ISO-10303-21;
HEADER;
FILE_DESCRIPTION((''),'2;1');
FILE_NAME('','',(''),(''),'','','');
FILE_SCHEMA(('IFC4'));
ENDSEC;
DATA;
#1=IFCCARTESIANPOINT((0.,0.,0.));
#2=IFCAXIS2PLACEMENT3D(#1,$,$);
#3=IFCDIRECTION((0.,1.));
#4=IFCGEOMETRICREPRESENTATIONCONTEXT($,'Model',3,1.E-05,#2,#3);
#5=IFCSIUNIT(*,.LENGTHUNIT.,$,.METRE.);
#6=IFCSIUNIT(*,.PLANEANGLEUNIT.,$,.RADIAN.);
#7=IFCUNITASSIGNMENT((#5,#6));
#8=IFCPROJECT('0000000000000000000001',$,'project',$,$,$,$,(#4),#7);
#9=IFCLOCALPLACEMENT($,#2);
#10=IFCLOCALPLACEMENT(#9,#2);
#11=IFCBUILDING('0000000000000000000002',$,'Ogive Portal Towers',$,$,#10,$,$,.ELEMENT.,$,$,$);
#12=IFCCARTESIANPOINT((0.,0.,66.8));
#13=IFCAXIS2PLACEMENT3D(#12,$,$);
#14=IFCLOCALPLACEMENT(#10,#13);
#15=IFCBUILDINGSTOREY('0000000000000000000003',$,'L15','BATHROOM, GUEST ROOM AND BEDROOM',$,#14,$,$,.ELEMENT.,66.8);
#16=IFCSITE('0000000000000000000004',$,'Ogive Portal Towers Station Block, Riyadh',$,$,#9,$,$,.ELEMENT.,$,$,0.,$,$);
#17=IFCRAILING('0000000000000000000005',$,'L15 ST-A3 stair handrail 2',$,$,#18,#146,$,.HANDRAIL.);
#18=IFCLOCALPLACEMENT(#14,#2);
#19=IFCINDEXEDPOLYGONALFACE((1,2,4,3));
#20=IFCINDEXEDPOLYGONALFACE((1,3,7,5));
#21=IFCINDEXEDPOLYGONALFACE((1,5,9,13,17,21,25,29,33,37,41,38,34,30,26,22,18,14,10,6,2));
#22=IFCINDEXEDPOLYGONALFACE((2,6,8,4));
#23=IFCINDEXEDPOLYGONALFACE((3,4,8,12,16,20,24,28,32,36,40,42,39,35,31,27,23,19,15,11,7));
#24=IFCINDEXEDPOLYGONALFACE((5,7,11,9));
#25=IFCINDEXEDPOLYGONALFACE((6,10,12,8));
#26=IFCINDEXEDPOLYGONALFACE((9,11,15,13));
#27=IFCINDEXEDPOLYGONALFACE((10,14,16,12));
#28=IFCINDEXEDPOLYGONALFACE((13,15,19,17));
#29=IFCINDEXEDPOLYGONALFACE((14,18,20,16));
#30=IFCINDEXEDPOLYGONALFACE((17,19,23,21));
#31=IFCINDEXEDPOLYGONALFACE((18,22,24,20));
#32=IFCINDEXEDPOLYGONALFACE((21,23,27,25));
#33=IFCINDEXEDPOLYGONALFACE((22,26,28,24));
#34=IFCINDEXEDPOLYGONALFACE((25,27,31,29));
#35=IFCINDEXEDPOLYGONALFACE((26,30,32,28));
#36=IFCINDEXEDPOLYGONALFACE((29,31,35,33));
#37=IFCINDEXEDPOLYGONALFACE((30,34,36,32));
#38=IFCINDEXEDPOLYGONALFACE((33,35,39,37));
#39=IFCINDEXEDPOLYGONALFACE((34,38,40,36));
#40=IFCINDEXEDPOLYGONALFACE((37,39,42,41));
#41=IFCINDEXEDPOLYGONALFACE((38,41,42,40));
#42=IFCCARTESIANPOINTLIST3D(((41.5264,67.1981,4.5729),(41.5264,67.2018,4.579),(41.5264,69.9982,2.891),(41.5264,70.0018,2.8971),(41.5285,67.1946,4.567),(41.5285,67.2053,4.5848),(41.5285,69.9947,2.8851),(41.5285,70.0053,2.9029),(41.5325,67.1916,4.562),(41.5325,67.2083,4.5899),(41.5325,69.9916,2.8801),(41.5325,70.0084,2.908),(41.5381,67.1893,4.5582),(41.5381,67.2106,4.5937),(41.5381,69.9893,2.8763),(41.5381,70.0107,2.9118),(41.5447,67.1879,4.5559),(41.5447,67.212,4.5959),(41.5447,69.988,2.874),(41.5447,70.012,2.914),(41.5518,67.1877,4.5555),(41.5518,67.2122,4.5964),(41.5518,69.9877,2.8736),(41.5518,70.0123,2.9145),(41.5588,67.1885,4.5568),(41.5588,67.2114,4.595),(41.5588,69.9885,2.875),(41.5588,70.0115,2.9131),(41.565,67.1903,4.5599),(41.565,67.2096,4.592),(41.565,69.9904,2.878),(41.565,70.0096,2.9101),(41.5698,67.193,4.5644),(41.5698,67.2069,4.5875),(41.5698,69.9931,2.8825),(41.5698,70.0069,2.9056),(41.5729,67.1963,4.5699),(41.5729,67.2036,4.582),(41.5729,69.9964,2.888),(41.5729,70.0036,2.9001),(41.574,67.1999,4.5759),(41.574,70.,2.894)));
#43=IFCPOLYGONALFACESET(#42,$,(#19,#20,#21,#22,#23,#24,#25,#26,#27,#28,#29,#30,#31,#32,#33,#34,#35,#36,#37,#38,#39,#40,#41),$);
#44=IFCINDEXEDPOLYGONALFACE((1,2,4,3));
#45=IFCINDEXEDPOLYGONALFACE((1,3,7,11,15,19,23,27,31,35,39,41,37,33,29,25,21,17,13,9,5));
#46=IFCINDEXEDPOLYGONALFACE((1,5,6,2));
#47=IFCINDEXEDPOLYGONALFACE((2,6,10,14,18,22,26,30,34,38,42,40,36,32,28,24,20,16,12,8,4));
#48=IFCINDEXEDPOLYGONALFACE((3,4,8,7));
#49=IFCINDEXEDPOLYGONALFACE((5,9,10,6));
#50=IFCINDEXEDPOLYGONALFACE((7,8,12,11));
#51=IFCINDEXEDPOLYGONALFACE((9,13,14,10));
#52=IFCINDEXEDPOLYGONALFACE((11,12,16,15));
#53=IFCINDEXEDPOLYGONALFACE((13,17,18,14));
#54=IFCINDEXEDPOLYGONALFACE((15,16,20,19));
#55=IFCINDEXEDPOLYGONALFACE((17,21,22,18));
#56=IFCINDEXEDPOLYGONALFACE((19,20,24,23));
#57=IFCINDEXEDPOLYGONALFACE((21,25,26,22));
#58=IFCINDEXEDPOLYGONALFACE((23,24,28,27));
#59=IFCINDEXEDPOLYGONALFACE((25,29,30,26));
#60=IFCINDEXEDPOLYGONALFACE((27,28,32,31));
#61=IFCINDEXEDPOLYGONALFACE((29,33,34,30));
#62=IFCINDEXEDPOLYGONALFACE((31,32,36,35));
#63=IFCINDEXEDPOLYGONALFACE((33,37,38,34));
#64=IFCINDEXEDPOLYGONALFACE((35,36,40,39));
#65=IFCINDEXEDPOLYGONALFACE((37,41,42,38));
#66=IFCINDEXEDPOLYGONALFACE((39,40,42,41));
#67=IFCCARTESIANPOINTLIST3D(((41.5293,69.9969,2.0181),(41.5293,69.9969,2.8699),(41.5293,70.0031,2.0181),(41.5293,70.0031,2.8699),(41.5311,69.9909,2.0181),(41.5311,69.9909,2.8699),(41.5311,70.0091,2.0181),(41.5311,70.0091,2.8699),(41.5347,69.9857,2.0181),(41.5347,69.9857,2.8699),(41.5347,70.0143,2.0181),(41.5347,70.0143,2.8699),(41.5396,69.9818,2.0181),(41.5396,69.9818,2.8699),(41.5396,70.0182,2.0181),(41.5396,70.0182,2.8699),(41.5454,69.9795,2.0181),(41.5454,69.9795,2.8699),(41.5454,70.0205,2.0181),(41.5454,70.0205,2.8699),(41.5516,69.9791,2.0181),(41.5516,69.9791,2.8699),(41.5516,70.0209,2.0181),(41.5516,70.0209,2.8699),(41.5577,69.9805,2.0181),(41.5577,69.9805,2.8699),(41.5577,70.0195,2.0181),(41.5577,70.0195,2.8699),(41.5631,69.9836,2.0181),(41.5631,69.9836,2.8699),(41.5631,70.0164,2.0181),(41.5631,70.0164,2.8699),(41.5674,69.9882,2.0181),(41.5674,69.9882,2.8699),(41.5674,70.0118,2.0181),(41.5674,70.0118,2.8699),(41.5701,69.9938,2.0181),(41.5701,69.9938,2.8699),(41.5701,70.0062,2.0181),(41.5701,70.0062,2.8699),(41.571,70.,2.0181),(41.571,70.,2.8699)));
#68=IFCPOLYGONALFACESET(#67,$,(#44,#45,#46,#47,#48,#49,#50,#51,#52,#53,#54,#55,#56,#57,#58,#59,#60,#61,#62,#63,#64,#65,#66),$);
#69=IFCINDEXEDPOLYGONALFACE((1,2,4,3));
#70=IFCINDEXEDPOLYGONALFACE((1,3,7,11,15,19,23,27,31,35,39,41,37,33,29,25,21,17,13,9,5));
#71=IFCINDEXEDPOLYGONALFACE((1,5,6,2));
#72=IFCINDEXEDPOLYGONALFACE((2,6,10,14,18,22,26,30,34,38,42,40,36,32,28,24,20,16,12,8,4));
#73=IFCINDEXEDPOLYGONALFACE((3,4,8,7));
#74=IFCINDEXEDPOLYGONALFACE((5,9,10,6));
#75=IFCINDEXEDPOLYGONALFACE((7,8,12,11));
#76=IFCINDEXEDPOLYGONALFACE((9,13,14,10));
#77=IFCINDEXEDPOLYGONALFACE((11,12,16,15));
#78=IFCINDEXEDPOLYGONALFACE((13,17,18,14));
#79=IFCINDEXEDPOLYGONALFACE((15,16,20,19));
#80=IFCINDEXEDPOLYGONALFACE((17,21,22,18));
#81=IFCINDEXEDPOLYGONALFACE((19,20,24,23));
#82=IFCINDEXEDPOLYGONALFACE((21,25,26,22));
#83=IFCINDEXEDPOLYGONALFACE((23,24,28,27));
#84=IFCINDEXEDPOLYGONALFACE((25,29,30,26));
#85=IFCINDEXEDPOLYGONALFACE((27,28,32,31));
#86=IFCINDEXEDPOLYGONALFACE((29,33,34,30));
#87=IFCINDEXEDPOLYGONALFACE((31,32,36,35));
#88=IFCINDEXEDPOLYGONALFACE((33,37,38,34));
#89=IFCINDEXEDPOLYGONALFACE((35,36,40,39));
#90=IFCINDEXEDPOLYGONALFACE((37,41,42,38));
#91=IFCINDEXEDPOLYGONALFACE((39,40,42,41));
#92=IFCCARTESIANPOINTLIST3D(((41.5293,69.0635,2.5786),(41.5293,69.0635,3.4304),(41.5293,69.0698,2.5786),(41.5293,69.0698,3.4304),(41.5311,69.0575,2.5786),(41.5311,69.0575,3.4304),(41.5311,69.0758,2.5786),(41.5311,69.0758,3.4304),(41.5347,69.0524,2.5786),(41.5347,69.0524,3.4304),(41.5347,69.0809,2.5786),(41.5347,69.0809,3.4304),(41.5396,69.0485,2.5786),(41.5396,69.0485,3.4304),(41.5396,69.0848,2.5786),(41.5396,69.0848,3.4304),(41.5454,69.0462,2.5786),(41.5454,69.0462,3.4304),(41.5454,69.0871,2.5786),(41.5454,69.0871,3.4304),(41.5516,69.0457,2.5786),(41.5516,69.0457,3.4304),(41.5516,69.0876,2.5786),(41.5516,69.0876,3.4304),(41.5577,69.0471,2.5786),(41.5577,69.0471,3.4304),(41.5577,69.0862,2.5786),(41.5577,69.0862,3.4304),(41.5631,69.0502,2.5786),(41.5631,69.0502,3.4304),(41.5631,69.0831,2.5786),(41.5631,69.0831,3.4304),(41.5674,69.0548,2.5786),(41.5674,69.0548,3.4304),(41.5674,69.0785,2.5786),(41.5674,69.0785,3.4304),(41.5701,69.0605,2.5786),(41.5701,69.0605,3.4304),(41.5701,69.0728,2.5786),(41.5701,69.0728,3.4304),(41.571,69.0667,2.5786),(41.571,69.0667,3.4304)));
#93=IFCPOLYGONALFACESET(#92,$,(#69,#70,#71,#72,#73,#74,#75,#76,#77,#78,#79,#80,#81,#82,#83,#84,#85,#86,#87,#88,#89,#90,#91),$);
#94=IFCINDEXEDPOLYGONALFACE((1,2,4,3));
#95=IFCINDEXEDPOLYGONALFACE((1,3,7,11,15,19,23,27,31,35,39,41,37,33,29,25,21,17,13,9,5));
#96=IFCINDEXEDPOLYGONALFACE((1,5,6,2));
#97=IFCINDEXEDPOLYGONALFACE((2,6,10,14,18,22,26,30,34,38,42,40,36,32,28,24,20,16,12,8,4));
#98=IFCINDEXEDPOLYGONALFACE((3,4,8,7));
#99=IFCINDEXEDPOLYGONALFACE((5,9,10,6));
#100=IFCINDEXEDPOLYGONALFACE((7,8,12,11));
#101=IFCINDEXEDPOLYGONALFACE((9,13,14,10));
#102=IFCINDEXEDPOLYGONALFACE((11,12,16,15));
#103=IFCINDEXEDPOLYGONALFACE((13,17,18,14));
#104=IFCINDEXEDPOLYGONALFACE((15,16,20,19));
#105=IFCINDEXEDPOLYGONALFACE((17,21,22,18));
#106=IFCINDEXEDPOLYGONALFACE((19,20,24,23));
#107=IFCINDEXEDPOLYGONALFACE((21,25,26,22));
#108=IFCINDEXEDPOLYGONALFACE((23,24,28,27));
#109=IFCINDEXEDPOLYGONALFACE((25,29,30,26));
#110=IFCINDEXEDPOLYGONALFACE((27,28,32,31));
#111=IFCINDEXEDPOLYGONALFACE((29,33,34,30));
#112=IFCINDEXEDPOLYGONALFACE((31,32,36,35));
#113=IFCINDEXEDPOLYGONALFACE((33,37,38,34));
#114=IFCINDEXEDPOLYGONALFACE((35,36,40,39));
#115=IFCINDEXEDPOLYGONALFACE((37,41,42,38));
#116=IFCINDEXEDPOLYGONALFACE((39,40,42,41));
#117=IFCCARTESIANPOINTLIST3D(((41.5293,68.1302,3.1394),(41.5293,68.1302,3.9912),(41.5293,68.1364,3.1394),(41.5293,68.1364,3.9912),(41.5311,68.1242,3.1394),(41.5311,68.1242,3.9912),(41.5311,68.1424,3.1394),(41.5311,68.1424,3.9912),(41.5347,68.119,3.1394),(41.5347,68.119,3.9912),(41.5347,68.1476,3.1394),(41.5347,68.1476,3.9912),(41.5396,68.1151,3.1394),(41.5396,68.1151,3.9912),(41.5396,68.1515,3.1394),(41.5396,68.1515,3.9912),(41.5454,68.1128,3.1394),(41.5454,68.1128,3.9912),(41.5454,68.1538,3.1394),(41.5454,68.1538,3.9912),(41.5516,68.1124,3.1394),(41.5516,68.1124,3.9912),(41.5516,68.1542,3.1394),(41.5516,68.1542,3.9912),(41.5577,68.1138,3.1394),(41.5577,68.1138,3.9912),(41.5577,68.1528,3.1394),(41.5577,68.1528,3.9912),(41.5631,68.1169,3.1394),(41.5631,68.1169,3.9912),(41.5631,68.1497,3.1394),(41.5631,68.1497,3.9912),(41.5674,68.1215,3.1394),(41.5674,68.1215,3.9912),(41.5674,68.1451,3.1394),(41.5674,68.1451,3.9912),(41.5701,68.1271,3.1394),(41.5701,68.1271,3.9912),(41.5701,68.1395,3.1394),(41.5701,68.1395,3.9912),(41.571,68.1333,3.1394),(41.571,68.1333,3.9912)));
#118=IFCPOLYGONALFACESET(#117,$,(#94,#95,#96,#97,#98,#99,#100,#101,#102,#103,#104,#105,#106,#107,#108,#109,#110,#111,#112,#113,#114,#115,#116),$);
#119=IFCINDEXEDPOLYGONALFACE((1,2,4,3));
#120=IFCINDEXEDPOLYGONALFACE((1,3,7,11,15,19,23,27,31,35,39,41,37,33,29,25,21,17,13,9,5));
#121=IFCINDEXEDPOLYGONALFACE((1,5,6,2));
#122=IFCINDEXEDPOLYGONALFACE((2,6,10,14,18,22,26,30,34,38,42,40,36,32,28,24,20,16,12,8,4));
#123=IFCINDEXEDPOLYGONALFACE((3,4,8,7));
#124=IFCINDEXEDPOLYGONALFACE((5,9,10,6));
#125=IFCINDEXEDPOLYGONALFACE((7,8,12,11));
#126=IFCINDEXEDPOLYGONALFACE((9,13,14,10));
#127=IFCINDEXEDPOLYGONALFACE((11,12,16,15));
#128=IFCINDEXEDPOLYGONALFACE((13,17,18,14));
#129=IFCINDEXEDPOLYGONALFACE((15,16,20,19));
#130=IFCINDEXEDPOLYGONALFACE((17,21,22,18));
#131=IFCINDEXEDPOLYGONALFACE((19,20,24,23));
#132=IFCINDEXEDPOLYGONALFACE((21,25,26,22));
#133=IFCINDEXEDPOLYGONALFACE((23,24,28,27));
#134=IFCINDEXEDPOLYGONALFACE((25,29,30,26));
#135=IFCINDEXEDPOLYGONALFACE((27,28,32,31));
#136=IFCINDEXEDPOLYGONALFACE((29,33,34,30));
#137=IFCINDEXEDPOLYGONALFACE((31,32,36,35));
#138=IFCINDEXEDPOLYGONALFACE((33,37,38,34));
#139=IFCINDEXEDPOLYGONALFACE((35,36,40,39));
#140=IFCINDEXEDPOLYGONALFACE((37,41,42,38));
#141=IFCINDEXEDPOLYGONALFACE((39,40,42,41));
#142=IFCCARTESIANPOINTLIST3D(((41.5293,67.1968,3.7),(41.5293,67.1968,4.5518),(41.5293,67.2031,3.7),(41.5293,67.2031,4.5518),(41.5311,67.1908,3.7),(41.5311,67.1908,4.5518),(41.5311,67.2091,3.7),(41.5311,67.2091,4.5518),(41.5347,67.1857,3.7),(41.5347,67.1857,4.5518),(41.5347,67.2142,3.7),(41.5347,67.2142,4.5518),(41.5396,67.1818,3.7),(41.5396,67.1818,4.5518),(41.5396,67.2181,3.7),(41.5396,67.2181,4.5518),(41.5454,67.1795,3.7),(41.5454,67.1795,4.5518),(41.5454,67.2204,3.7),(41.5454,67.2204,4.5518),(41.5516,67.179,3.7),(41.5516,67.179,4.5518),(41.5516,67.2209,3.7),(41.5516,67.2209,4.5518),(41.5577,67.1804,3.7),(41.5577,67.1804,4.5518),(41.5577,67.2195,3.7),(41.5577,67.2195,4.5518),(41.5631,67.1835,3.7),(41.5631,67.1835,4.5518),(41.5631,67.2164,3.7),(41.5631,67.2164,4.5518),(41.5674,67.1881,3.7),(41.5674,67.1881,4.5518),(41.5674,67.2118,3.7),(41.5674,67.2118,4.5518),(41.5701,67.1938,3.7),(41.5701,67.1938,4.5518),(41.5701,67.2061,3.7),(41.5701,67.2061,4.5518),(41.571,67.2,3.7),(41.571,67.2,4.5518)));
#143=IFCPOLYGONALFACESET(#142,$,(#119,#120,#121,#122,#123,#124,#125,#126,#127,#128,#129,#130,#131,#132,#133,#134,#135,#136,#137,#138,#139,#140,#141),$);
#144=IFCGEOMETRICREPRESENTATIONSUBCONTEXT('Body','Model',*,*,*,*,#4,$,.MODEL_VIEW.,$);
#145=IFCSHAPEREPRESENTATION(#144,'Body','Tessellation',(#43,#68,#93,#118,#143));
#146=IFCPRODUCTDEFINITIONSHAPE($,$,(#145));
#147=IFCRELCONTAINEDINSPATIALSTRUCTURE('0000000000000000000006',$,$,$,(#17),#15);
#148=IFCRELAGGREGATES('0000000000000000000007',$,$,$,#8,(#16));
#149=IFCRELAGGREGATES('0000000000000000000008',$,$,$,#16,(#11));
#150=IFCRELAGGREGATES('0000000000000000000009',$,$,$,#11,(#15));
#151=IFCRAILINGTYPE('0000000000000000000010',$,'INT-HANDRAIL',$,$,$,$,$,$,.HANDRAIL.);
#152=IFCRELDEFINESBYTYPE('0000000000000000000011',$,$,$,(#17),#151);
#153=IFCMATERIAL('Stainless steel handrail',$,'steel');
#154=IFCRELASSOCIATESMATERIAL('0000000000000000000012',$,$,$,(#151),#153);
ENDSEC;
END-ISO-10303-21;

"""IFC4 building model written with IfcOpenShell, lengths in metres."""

from ifc_helpers import new_model, si_unit, direction, frame, origin, origin_2d, place, context, subcontext, project, spatial, circle, extrude, material, type_object, element, save


model = new_model("IFC4")

# Units and contexts
model_context = context("Model", 3, precision=1e-05, world=origin(), true_north=direction((0.0, 1.0)))
body_context = subcontext(model_context, "Body", "Model", "MODEL_VIEW")
ifc_project = project(units=[si_unit("LENGTHUNIT", "METRE"), si_unit("PLANEANGLEUNIT", "RADIAN")], contexts=[model_context])

# Site, building, storey
site_placement = place(None, origin())
site = spatial("IfcSite", under=ifc_project, at=site_placement, Name="Ogive Portal Towers Station Block, Riyadh", CompositionType="ELEMENT", RefElevation=0.0)
building_placement = place(site_placement, origin())
building = spatial("IfcBuilding", under=site, at=building_placement, Name="Ogive Portal Towers", CompositionType="ELEMENT")
storey_placement = place(building_placement, frame((0.0, 0.0, 66.8)))
storey = spatial("IfcBuildingStorey", under=building, at=storey_placement, Name="L15", Description="BATHROOM, GUEST ROOM AND BEDROOM", CompositionType="ELEMENT", Elevation=66.8)

# Railing
ifc_material_1 = material(Name="Stainless steel handrail", Category="steel")
railing_type_1 = type_object("IfcRailingType", Name="INT-HANDRAIL", PredefinedType="HANDRAIL", material=ifc_material_1)
railing_1_placement = place(storey_placement, frame((41.55, 70.0, 2.0181)))
element("IfcRailing", 1, at=railing_1_placement, inside=storey, type_object=railing_type_1, Name="L15 ST-A3 stair handrail 2", PredefinedType="HANDRAIL", context=body_context, shape_type="SweptSolid", body=[
    extrude(circle(Radius=0.0239, at=origin_2d()), frame((0.0, 0.0, 0.876), z_axis=(0.0, -0.857242, 0.514913), x_axis=(1.0, 0.0, 0.0)), (0.0, 0.0, 1.0), 3.2664),
    extrude(circle(Radius=0.021, at=origin_2d()), origin(), (0.0, 0.0, 1.0), 0.8518),
    extrude(circle(Radius=0.021, at=origin_2d()), frame((0.0, -0.9333, 0.5605)), (0.0, 0.0, 1.0), 0.8518),
    extrude(circle(Radius=0.021, at=origin_2d()), frame((0.0, -1.8667, 1.1213)), (0.0, 0.0, 1.0), 0.8518),
    extrude(circle(Radius=0.021, at=origin_2d()), frame((0.0, -2.8, 1.6819)), (0.0, 0.0, 1.0), 0.8518),
])

save(model, "model.ifc")
